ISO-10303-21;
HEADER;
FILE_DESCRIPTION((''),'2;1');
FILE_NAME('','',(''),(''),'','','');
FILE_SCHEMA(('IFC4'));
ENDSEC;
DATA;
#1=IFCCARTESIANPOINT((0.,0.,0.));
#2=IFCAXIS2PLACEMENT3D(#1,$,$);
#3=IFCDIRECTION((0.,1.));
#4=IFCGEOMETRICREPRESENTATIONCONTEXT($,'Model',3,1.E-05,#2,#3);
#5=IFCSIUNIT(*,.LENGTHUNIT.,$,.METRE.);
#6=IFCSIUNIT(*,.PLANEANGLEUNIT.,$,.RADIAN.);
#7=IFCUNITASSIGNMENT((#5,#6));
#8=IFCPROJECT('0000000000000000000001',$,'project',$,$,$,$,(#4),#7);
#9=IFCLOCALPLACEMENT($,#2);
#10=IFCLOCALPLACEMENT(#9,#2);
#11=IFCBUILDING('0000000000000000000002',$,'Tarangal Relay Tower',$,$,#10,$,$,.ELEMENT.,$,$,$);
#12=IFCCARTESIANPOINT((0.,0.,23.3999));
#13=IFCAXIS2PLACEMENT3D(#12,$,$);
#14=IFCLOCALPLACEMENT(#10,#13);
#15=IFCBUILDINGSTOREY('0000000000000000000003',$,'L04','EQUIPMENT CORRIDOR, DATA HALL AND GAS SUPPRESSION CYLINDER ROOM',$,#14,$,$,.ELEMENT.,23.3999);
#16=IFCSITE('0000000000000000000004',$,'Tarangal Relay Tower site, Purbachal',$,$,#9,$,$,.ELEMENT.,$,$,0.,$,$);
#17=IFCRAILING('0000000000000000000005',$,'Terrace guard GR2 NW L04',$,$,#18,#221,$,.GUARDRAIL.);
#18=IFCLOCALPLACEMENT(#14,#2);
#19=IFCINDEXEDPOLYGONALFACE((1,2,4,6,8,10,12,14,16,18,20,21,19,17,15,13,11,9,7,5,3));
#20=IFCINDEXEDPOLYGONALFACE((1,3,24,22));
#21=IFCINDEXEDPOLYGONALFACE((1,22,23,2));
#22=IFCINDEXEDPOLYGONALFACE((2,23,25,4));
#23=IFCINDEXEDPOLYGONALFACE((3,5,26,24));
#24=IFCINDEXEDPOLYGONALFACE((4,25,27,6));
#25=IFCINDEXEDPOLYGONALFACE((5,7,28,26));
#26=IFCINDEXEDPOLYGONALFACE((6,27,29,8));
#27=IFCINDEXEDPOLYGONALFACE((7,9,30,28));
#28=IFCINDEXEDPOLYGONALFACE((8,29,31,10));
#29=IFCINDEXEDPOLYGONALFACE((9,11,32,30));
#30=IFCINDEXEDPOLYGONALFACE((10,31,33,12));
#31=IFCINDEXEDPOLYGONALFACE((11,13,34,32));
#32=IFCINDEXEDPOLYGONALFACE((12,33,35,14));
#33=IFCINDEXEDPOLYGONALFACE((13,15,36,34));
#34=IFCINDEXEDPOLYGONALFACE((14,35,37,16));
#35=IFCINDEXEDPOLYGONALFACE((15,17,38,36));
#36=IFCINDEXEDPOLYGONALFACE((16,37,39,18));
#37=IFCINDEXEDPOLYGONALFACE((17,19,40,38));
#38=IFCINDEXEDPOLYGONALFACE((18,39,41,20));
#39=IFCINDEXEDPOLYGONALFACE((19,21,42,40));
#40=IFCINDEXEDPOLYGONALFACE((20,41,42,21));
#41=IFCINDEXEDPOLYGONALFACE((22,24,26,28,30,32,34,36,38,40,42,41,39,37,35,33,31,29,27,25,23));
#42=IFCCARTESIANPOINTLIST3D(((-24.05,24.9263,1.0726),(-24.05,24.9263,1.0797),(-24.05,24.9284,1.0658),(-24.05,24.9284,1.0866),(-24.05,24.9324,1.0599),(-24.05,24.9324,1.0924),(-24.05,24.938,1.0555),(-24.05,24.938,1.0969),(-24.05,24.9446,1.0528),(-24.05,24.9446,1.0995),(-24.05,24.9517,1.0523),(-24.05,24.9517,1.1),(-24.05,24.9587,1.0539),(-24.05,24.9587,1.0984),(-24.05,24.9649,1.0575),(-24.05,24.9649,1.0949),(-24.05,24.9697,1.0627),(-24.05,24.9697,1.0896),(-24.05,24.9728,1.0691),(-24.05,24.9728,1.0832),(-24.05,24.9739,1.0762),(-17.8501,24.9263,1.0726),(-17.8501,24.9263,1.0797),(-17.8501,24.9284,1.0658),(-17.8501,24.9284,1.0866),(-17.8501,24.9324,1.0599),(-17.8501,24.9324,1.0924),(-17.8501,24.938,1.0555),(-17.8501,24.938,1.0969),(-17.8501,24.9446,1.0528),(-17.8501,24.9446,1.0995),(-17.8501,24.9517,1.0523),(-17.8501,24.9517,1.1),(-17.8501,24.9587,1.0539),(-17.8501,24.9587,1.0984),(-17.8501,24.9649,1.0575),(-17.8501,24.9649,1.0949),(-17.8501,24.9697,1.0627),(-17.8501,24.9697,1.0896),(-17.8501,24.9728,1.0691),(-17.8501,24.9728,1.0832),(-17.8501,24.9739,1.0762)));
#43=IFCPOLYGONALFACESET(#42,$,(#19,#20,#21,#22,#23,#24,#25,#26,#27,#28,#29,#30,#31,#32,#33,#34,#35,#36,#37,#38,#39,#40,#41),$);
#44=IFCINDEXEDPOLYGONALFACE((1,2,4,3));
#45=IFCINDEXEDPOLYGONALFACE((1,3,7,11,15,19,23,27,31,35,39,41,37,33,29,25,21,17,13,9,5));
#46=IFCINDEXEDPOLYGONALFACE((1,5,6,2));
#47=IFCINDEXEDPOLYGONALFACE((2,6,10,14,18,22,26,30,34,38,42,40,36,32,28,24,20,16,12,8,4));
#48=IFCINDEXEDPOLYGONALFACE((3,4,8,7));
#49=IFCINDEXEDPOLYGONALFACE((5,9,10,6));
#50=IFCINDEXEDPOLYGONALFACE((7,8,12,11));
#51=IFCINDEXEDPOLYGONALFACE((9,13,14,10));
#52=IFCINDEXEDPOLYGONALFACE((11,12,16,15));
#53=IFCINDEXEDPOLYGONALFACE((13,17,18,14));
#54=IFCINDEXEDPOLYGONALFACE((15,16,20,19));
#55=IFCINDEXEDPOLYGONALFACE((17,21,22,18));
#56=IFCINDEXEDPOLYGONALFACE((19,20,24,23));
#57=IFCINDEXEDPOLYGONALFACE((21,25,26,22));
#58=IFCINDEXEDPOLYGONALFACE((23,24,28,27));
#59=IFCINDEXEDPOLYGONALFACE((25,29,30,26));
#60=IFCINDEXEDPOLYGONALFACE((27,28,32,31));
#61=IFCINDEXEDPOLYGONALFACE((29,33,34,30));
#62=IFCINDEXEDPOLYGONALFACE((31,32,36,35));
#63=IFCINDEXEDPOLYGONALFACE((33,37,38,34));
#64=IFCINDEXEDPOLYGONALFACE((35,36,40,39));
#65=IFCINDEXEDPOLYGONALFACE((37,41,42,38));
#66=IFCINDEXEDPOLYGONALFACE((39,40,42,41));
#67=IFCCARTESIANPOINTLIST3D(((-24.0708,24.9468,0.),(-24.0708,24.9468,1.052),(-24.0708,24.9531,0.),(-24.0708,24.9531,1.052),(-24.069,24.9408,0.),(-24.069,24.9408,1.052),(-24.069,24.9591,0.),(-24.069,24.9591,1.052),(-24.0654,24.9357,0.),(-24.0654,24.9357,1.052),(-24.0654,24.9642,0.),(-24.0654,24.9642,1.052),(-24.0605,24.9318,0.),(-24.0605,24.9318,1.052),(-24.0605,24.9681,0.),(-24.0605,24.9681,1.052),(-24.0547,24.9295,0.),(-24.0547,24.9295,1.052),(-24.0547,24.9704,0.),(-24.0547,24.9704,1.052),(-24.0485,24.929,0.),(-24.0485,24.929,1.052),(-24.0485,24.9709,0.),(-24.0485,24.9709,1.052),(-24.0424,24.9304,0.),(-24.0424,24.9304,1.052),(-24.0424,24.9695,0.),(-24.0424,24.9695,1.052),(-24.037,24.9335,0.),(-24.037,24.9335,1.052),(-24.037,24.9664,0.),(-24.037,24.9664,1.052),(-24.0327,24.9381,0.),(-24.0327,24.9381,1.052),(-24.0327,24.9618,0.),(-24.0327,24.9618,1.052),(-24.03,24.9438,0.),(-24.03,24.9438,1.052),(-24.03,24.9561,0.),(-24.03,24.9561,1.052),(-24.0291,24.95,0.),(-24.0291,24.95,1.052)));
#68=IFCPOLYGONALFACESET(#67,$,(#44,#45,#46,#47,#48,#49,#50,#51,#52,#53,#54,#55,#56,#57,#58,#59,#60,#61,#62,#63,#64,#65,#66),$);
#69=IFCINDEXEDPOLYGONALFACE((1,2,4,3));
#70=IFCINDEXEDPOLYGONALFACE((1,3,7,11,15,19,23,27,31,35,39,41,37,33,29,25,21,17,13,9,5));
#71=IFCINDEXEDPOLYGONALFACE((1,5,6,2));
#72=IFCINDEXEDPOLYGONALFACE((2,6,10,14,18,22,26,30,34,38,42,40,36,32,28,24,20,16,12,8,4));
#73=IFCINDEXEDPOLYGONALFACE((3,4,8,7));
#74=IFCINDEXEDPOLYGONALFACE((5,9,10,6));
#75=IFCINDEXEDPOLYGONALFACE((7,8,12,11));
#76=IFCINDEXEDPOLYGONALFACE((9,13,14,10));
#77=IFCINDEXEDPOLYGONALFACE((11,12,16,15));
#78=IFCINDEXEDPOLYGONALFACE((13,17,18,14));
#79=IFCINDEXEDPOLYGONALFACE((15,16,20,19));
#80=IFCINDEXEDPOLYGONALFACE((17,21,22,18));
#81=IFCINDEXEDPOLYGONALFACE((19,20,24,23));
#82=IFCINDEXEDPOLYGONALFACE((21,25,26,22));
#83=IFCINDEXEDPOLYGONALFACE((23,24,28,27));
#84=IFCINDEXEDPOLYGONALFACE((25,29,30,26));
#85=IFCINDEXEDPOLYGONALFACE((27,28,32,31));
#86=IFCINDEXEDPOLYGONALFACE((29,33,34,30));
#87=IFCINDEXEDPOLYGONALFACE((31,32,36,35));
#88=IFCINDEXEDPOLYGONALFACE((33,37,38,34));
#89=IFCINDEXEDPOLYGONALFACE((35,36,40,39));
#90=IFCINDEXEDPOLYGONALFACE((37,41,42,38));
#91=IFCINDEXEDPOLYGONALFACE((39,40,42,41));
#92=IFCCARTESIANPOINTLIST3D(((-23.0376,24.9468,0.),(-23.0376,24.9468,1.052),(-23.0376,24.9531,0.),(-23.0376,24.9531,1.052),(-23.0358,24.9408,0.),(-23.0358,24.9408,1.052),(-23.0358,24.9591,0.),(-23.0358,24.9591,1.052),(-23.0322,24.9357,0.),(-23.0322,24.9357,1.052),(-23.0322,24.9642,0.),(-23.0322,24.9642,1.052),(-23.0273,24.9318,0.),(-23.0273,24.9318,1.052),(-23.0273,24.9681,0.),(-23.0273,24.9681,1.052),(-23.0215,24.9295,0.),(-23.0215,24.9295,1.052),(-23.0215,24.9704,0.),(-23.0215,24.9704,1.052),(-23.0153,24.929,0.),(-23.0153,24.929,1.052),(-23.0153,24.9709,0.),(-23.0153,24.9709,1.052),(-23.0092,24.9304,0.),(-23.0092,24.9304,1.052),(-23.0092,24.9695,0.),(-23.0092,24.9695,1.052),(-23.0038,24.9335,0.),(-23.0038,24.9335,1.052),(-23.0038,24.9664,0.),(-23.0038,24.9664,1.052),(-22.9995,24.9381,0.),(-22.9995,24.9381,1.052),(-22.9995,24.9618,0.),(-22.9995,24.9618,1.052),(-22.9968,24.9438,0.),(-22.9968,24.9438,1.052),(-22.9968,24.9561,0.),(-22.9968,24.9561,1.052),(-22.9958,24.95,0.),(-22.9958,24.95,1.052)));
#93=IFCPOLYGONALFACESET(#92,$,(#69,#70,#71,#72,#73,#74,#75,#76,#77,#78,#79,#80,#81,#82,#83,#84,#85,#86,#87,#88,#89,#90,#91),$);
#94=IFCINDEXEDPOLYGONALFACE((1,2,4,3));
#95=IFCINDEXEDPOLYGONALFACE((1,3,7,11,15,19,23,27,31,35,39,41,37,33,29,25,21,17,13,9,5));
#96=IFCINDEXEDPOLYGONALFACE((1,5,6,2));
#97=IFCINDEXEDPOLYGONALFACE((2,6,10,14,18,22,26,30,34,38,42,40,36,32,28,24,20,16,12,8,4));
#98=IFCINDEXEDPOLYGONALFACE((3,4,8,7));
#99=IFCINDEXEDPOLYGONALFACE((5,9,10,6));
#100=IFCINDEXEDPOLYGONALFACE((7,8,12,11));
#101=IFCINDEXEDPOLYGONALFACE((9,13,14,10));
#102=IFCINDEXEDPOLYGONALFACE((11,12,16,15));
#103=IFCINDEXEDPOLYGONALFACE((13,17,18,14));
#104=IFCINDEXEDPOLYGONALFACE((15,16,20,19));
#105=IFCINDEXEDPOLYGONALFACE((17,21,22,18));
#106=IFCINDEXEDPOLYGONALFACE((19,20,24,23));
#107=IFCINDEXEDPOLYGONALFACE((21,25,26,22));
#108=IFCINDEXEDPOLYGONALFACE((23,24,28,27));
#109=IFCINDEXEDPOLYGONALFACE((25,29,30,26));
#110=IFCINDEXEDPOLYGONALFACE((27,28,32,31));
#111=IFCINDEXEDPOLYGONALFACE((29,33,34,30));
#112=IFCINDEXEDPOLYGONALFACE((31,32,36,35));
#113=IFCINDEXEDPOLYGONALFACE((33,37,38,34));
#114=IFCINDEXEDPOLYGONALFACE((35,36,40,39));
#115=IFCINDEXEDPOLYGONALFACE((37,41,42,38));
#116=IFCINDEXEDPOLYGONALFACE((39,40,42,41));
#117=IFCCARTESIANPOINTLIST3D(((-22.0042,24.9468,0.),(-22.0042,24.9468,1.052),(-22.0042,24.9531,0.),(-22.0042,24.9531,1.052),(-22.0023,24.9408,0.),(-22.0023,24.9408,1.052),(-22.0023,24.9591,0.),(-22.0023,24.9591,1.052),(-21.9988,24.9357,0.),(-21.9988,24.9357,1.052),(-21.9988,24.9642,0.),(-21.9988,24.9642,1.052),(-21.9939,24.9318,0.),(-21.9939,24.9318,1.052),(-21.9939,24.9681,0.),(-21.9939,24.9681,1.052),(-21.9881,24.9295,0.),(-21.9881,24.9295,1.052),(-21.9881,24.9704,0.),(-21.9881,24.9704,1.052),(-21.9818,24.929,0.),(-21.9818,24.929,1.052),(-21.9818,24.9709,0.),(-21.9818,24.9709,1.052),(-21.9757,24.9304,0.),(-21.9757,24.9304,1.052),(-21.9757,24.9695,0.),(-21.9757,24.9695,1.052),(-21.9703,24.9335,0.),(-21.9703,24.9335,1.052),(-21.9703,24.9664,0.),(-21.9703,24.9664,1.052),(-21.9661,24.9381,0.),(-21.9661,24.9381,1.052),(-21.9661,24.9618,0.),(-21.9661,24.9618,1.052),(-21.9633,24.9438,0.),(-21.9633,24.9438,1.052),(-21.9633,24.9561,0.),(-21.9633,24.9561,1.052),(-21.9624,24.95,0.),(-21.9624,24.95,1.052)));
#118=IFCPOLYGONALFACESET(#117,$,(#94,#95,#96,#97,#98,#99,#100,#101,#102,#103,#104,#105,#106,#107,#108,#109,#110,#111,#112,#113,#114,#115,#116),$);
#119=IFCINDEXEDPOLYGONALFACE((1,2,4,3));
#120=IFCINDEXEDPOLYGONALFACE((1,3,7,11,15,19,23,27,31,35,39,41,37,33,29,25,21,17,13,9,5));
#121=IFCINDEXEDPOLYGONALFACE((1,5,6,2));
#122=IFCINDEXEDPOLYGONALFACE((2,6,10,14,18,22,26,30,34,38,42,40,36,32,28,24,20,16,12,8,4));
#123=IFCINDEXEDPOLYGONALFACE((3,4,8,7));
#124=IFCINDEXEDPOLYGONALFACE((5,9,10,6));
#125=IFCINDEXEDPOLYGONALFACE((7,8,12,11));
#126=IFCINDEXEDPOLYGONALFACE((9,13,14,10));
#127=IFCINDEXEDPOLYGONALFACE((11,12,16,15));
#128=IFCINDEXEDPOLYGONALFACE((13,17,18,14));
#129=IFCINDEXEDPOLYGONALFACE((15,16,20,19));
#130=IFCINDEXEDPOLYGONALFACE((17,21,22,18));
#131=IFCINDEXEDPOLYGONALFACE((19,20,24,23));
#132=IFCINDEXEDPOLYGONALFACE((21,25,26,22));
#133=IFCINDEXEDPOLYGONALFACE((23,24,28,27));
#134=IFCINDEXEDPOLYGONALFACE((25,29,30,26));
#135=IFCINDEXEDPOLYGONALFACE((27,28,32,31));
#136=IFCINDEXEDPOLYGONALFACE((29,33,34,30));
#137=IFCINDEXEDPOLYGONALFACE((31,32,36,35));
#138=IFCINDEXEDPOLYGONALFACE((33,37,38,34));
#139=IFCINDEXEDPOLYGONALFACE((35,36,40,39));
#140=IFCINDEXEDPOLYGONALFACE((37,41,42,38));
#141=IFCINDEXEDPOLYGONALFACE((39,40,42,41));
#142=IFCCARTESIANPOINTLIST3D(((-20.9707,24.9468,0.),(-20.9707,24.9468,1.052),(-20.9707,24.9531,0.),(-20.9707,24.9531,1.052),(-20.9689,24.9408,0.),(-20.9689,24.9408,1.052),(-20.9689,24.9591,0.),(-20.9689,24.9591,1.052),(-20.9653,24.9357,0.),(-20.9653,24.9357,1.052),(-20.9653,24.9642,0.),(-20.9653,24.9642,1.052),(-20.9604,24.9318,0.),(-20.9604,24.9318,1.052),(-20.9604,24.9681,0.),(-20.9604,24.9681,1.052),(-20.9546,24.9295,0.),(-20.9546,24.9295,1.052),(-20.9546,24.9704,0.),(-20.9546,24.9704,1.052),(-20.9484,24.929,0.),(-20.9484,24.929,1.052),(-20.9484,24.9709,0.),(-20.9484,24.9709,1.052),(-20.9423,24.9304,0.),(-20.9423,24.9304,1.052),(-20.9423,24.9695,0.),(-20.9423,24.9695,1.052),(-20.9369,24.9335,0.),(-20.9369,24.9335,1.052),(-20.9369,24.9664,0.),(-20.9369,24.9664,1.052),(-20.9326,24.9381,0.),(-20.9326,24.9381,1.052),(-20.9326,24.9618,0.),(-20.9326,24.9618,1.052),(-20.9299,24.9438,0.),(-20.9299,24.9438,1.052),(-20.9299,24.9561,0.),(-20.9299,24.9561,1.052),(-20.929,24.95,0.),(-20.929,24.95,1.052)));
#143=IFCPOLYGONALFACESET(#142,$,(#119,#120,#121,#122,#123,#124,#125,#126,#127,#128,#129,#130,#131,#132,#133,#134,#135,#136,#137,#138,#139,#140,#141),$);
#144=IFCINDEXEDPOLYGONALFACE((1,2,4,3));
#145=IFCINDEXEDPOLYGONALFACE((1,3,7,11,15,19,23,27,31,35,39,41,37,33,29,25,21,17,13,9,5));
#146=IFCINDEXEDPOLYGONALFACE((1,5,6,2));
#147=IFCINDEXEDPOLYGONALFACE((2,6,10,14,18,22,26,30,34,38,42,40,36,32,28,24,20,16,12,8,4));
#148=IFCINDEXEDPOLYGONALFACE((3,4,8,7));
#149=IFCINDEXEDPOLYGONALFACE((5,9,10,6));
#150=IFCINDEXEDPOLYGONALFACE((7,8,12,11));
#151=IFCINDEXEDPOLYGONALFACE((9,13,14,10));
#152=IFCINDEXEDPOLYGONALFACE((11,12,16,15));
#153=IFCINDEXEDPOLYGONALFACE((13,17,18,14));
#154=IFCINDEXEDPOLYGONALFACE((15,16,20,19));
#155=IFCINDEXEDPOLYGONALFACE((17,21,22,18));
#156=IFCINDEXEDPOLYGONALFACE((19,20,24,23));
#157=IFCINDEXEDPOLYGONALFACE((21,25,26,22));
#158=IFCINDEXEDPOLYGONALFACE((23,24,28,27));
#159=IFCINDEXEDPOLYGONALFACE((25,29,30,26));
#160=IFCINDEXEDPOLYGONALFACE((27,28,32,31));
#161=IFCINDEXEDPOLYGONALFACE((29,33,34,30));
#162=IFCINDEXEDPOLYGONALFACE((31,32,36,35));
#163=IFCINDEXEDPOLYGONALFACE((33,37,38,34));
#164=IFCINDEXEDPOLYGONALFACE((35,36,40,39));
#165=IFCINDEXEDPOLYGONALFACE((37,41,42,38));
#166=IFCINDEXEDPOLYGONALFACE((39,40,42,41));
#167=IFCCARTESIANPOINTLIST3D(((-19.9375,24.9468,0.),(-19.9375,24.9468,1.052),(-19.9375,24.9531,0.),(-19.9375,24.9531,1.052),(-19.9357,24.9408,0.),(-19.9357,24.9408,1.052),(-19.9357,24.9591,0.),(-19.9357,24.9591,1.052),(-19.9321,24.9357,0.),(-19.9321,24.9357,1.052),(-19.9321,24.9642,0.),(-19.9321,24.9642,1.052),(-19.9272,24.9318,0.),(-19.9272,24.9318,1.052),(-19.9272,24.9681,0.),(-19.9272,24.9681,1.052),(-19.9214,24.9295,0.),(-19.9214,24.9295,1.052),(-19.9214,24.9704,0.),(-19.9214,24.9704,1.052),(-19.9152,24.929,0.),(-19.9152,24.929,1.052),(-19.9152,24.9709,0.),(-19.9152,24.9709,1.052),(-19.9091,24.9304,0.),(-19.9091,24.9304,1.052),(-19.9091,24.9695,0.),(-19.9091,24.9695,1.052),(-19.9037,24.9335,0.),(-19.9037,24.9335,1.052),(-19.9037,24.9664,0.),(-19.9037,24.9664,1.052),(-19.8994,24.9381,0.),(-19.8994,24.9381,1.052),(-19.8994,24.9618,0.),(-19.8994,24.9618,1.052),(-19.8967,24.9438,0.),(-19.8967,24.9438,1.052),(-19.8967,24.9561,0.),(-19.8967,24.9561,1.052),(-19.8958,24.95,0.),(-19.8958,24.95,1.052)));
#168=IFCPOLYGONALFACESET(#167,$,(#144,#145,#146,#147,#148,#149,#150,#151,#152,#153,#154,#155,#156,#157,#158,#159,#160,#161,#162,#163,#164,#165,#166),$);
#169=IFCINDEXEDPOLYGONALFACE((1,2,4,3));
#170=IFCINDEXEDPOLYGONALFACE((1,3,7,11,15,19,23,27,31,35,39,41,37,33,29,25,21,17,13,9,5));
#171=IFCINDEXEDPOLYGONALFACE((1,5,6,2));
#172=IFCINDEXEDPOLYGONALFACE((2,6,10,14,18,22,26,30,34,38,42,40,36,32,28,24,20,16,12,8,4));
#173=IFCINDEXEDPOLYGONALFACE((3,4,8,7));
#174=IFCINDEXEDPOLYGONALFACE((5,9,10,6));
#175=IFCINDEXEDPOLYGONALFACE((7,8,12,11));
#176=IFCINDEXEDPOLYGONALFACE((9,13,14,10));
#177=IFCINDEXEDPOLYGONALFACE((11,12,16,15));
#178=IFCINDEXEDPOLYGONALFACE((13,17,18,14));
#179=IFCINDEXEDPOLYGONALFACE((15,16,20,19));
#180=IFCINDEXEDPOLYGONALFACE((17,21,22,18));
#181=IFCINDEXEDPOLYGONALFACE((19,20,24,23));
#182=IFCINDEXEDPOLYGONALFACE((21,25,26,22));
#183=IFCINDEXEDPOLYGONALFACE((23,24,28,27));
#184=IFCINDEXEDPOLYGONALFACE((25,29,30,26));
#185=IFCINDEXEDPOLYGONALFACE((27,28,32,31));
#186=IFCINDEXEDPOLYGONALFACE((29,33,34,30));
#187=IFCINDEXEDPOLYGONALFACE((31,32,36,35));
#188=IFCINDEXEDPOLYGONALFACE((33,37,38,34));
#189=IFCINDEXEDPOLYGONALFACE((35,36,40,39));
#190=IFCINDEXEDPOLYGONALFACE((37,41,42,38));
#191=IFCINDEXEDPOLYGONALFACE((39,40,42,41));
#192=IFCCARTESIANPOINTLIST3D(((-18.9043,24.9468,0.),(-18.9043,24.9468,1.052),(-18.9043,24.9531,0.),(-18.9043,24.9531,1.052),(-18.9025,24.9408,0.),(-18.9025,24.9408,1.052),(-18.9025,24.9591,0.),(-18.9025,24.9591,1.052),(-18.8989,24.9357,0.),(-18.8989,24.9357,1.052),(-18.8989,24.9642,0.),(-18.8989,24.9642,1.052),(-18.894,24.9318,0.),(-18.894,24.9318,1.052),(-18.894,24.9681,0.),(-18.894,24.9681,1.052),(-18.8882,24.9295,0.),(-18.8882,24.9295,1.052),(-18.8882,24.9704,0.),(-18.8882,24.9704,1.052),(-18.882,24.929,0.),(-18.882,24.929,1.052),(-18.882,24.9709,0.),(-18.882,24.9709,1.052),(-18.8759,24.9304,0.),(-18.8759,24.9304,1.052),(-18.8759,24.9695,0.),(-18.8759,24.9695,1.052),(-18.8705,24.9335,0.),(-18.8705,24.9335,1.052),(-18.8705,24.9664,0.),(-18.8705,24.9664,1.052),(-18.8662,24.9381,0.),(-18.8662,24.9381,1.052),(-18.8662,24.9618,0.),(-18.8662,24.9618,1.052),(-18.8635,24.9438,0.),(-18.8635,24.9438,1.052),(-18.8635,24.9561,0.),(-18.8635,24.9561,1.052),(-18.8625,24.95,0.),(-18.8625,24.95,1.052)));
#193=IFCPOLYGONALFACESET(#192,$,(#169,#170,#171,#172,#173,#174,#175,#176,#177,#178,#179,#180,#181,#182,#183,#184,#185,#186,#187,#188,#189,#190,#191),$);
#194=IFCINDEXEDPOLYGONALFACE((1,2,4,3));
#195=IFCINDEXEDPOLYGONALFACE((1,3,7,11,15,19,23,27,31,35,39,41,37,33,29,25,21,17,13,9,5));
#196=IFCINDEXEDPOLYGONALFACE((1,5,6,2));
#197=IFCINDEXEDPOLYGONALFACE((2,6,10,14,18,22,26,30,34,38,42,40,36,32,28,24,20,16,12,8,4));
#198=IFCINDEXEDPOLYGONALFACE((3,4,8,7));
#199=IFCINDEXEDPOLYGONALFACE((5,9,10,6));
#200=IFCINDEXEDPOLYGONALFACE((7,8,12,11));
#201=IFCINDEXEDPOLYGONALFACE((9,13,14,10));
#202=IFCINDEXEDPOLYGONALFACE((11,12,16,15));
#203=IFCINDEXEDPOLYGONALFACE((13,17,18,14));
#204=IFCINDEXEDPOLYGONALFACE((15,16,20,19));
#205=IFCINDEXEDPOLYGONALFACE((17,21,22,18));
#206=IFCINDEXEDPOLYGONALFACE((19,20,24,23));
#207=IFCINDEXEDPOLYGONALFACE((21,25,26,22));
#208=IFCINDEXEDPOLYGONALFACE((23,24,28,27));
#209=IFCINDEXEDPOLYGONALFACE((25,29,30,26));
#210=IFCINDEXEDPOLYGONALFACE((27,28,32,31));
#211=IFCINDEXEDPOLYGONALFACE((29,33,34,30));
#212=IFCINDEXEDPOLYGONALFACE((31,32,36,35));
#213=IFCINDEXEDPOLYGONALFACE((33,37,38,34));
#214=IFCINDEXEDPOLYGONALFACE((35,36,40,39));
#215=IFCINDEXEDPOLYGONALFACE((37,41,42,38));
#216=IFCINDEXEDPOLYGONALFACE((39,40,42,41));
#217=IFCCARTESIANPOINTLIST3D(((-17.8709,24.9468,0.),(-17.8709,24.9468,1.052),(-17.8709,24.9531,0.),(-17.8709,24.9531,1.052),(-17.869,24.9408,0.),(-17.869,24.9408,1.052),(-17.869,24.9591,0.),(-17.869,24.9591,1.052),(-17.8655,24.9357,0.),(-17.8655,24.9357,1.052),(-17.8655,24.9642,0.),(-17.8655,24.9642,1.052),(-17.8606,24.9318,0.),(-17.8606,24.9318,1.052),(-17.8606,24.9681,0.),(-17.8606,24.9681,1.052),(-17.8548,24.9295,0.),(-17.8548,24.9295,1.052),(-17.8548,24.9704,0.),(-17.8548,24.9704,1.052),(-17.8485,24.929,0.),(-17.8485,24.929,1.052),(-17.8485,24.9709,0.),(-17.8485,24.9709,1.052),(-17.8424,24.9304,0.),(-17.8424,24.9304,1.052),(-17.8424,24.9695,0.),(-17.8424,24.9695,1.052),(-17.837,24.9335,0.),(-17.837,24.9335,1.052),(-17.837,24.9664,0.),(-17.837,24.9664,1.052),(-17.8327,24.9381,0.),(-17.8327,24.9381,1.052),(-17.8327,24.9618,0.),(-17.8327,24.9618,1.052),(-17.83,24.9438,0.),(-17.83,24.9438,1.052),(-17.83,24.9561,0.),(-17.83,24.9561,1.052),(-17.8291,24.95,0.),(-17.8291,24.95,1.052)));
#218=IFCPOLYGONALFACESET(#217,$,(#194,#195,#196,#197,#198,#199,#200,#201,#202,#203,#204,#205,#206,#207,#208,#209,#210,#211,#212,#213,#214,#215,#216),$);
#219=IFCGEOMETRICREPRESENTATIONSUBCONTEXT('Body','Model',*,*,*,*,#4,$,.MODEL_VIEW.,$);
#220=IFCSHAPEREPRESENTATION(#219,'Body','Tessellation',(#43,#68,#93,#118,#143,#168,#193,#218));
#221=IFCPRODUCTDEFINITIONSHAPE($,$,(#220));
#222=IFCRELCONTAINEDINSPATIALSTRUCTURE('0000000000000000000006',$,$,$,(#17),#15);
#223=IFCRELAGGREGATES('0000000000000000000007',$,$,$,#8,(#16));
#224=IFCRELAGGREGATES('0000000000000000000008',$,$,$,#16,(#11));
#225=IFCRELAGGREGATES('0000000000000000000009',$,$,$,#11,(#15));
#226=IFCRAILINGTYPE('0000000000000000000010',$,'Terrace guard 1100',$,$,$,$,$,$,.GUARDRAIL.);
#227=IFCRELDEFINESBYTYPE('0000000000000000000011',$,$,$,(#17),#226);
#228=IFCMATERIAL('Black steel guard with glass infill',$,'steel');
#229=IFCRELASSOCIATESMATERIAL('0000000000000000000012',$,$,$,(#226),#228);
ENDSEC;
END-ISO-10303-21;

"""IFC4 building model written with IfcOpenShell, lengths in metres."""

from ifc_helpers import new_model, si_unit, direction, frame, origin, origin_2d, place, context, subcontext, project, spatial, circle, extrude, material, type_object, element, save


model = new_model("IFC4")

# Units and contexts
model_context = context("Model", 3, precision=1e-05, world=origin(), true_north=direction((0.0, 1.0)))
body_context = subcontext(model_context, "Body", "Model", "MODEL_VIEW")
ifc_project = project(units=[si_unit("LENGTHUNIT", "METRE"), si_unit("PLANEANGLEUNIT", "RADIAN")], contexts=[model_context])

# Site, building, storey
site_placement = place(None, origin())
site = spatial("IfcSite", under=ifc_project, at=site_placement, Name="Tarangal Relay Tower site, Purbachal", CompositionType="ELEMENT", RefElevation=0.0)
building_placement = place(site_placement, origin())
building = spatial("IfcBuilding", under=site, at=building_placement, Name="Tarangal Relay Tower", CompositionType="ELEMENT")
storey_placement = place(building_placement, frame((0.0, 0.0, 23.3999)))
storey = spatial("IfcBuildingStorey", under=building, at=storey_placement, Name="L04", Description="EQUIPMENT CORRIDOR, DATA HALL AND GAS SUPPRESSION CYLINDER ROOM", CompositionType="ELEMENT", Elevation=23.3999)

# Railing
ifc_material_1 = material(Name="Black steel guard with glass infill", Category="steel")
railing_type = type_object("IfcRailingType", Name="Terrace guard 1100", PredefinedType="GUARDRAIL", material=ifc_material_1)
railing_1_placement = place(storey_placement, frame((-24.05, 24.95, 0.0)))
element("IfcRailing", 1, at=railing_1_placement, inside=storey, type_object=railing_type, Name="Terrace guard GR2 NW L04", PredefinedType="GUARDRAIL", context=body_context, shape_type="SweptSolid", body=[
    extrude(circle(Radius=0.0239, at=origin_2d()), frame((0.0, 0.0, 1.0762), z_axis=(1.0, 0.0, 0.0), x_axis=(0.0, 1.0, 0.0)), (0.0, 0.0, 1.0), 6.2),
    extrude(circle(Radius=0.021, at=origin_2d()), origin(), (0.0, 0.0, 1.0), 1.052),
    extrude(circle(Radius=0.021, at=origin_2d()), frame((1.0332, 0.0, 0.0)), (0.0, 0.0, 1.0), 1.052),
    extrude(circle(Radius=0.021, at=origin_2d()), frame((2.0667, 0.0, 0.0)), (0.0, 0.0, 1.0), 1.052),
    extrude(circle(Radius=0.021, at=origin_2d()), frame((3.1001, 0.0, 0.0)), (0.0, 0.0, 1.0), 1.052),
    extrude(circle(Radius=0.021, at=origin_2d()), frame((4.1333, 0.0, 0.0)), (0.0, 0.0, 1.0), 1.052),
    extrude(circle(Radius=0.021, at=origin_2d()), frame((5.1665, 0.0, 0.0)), (0.0, 0.0, 1.0), 1.052),
    extrude(circle(Radius=0.021, at=origin_2d()), frame((6.2, 0.0, 0.0)), (0.0, 0.0, 1.0), 1.052),
])

save(model, "model.ifc")
